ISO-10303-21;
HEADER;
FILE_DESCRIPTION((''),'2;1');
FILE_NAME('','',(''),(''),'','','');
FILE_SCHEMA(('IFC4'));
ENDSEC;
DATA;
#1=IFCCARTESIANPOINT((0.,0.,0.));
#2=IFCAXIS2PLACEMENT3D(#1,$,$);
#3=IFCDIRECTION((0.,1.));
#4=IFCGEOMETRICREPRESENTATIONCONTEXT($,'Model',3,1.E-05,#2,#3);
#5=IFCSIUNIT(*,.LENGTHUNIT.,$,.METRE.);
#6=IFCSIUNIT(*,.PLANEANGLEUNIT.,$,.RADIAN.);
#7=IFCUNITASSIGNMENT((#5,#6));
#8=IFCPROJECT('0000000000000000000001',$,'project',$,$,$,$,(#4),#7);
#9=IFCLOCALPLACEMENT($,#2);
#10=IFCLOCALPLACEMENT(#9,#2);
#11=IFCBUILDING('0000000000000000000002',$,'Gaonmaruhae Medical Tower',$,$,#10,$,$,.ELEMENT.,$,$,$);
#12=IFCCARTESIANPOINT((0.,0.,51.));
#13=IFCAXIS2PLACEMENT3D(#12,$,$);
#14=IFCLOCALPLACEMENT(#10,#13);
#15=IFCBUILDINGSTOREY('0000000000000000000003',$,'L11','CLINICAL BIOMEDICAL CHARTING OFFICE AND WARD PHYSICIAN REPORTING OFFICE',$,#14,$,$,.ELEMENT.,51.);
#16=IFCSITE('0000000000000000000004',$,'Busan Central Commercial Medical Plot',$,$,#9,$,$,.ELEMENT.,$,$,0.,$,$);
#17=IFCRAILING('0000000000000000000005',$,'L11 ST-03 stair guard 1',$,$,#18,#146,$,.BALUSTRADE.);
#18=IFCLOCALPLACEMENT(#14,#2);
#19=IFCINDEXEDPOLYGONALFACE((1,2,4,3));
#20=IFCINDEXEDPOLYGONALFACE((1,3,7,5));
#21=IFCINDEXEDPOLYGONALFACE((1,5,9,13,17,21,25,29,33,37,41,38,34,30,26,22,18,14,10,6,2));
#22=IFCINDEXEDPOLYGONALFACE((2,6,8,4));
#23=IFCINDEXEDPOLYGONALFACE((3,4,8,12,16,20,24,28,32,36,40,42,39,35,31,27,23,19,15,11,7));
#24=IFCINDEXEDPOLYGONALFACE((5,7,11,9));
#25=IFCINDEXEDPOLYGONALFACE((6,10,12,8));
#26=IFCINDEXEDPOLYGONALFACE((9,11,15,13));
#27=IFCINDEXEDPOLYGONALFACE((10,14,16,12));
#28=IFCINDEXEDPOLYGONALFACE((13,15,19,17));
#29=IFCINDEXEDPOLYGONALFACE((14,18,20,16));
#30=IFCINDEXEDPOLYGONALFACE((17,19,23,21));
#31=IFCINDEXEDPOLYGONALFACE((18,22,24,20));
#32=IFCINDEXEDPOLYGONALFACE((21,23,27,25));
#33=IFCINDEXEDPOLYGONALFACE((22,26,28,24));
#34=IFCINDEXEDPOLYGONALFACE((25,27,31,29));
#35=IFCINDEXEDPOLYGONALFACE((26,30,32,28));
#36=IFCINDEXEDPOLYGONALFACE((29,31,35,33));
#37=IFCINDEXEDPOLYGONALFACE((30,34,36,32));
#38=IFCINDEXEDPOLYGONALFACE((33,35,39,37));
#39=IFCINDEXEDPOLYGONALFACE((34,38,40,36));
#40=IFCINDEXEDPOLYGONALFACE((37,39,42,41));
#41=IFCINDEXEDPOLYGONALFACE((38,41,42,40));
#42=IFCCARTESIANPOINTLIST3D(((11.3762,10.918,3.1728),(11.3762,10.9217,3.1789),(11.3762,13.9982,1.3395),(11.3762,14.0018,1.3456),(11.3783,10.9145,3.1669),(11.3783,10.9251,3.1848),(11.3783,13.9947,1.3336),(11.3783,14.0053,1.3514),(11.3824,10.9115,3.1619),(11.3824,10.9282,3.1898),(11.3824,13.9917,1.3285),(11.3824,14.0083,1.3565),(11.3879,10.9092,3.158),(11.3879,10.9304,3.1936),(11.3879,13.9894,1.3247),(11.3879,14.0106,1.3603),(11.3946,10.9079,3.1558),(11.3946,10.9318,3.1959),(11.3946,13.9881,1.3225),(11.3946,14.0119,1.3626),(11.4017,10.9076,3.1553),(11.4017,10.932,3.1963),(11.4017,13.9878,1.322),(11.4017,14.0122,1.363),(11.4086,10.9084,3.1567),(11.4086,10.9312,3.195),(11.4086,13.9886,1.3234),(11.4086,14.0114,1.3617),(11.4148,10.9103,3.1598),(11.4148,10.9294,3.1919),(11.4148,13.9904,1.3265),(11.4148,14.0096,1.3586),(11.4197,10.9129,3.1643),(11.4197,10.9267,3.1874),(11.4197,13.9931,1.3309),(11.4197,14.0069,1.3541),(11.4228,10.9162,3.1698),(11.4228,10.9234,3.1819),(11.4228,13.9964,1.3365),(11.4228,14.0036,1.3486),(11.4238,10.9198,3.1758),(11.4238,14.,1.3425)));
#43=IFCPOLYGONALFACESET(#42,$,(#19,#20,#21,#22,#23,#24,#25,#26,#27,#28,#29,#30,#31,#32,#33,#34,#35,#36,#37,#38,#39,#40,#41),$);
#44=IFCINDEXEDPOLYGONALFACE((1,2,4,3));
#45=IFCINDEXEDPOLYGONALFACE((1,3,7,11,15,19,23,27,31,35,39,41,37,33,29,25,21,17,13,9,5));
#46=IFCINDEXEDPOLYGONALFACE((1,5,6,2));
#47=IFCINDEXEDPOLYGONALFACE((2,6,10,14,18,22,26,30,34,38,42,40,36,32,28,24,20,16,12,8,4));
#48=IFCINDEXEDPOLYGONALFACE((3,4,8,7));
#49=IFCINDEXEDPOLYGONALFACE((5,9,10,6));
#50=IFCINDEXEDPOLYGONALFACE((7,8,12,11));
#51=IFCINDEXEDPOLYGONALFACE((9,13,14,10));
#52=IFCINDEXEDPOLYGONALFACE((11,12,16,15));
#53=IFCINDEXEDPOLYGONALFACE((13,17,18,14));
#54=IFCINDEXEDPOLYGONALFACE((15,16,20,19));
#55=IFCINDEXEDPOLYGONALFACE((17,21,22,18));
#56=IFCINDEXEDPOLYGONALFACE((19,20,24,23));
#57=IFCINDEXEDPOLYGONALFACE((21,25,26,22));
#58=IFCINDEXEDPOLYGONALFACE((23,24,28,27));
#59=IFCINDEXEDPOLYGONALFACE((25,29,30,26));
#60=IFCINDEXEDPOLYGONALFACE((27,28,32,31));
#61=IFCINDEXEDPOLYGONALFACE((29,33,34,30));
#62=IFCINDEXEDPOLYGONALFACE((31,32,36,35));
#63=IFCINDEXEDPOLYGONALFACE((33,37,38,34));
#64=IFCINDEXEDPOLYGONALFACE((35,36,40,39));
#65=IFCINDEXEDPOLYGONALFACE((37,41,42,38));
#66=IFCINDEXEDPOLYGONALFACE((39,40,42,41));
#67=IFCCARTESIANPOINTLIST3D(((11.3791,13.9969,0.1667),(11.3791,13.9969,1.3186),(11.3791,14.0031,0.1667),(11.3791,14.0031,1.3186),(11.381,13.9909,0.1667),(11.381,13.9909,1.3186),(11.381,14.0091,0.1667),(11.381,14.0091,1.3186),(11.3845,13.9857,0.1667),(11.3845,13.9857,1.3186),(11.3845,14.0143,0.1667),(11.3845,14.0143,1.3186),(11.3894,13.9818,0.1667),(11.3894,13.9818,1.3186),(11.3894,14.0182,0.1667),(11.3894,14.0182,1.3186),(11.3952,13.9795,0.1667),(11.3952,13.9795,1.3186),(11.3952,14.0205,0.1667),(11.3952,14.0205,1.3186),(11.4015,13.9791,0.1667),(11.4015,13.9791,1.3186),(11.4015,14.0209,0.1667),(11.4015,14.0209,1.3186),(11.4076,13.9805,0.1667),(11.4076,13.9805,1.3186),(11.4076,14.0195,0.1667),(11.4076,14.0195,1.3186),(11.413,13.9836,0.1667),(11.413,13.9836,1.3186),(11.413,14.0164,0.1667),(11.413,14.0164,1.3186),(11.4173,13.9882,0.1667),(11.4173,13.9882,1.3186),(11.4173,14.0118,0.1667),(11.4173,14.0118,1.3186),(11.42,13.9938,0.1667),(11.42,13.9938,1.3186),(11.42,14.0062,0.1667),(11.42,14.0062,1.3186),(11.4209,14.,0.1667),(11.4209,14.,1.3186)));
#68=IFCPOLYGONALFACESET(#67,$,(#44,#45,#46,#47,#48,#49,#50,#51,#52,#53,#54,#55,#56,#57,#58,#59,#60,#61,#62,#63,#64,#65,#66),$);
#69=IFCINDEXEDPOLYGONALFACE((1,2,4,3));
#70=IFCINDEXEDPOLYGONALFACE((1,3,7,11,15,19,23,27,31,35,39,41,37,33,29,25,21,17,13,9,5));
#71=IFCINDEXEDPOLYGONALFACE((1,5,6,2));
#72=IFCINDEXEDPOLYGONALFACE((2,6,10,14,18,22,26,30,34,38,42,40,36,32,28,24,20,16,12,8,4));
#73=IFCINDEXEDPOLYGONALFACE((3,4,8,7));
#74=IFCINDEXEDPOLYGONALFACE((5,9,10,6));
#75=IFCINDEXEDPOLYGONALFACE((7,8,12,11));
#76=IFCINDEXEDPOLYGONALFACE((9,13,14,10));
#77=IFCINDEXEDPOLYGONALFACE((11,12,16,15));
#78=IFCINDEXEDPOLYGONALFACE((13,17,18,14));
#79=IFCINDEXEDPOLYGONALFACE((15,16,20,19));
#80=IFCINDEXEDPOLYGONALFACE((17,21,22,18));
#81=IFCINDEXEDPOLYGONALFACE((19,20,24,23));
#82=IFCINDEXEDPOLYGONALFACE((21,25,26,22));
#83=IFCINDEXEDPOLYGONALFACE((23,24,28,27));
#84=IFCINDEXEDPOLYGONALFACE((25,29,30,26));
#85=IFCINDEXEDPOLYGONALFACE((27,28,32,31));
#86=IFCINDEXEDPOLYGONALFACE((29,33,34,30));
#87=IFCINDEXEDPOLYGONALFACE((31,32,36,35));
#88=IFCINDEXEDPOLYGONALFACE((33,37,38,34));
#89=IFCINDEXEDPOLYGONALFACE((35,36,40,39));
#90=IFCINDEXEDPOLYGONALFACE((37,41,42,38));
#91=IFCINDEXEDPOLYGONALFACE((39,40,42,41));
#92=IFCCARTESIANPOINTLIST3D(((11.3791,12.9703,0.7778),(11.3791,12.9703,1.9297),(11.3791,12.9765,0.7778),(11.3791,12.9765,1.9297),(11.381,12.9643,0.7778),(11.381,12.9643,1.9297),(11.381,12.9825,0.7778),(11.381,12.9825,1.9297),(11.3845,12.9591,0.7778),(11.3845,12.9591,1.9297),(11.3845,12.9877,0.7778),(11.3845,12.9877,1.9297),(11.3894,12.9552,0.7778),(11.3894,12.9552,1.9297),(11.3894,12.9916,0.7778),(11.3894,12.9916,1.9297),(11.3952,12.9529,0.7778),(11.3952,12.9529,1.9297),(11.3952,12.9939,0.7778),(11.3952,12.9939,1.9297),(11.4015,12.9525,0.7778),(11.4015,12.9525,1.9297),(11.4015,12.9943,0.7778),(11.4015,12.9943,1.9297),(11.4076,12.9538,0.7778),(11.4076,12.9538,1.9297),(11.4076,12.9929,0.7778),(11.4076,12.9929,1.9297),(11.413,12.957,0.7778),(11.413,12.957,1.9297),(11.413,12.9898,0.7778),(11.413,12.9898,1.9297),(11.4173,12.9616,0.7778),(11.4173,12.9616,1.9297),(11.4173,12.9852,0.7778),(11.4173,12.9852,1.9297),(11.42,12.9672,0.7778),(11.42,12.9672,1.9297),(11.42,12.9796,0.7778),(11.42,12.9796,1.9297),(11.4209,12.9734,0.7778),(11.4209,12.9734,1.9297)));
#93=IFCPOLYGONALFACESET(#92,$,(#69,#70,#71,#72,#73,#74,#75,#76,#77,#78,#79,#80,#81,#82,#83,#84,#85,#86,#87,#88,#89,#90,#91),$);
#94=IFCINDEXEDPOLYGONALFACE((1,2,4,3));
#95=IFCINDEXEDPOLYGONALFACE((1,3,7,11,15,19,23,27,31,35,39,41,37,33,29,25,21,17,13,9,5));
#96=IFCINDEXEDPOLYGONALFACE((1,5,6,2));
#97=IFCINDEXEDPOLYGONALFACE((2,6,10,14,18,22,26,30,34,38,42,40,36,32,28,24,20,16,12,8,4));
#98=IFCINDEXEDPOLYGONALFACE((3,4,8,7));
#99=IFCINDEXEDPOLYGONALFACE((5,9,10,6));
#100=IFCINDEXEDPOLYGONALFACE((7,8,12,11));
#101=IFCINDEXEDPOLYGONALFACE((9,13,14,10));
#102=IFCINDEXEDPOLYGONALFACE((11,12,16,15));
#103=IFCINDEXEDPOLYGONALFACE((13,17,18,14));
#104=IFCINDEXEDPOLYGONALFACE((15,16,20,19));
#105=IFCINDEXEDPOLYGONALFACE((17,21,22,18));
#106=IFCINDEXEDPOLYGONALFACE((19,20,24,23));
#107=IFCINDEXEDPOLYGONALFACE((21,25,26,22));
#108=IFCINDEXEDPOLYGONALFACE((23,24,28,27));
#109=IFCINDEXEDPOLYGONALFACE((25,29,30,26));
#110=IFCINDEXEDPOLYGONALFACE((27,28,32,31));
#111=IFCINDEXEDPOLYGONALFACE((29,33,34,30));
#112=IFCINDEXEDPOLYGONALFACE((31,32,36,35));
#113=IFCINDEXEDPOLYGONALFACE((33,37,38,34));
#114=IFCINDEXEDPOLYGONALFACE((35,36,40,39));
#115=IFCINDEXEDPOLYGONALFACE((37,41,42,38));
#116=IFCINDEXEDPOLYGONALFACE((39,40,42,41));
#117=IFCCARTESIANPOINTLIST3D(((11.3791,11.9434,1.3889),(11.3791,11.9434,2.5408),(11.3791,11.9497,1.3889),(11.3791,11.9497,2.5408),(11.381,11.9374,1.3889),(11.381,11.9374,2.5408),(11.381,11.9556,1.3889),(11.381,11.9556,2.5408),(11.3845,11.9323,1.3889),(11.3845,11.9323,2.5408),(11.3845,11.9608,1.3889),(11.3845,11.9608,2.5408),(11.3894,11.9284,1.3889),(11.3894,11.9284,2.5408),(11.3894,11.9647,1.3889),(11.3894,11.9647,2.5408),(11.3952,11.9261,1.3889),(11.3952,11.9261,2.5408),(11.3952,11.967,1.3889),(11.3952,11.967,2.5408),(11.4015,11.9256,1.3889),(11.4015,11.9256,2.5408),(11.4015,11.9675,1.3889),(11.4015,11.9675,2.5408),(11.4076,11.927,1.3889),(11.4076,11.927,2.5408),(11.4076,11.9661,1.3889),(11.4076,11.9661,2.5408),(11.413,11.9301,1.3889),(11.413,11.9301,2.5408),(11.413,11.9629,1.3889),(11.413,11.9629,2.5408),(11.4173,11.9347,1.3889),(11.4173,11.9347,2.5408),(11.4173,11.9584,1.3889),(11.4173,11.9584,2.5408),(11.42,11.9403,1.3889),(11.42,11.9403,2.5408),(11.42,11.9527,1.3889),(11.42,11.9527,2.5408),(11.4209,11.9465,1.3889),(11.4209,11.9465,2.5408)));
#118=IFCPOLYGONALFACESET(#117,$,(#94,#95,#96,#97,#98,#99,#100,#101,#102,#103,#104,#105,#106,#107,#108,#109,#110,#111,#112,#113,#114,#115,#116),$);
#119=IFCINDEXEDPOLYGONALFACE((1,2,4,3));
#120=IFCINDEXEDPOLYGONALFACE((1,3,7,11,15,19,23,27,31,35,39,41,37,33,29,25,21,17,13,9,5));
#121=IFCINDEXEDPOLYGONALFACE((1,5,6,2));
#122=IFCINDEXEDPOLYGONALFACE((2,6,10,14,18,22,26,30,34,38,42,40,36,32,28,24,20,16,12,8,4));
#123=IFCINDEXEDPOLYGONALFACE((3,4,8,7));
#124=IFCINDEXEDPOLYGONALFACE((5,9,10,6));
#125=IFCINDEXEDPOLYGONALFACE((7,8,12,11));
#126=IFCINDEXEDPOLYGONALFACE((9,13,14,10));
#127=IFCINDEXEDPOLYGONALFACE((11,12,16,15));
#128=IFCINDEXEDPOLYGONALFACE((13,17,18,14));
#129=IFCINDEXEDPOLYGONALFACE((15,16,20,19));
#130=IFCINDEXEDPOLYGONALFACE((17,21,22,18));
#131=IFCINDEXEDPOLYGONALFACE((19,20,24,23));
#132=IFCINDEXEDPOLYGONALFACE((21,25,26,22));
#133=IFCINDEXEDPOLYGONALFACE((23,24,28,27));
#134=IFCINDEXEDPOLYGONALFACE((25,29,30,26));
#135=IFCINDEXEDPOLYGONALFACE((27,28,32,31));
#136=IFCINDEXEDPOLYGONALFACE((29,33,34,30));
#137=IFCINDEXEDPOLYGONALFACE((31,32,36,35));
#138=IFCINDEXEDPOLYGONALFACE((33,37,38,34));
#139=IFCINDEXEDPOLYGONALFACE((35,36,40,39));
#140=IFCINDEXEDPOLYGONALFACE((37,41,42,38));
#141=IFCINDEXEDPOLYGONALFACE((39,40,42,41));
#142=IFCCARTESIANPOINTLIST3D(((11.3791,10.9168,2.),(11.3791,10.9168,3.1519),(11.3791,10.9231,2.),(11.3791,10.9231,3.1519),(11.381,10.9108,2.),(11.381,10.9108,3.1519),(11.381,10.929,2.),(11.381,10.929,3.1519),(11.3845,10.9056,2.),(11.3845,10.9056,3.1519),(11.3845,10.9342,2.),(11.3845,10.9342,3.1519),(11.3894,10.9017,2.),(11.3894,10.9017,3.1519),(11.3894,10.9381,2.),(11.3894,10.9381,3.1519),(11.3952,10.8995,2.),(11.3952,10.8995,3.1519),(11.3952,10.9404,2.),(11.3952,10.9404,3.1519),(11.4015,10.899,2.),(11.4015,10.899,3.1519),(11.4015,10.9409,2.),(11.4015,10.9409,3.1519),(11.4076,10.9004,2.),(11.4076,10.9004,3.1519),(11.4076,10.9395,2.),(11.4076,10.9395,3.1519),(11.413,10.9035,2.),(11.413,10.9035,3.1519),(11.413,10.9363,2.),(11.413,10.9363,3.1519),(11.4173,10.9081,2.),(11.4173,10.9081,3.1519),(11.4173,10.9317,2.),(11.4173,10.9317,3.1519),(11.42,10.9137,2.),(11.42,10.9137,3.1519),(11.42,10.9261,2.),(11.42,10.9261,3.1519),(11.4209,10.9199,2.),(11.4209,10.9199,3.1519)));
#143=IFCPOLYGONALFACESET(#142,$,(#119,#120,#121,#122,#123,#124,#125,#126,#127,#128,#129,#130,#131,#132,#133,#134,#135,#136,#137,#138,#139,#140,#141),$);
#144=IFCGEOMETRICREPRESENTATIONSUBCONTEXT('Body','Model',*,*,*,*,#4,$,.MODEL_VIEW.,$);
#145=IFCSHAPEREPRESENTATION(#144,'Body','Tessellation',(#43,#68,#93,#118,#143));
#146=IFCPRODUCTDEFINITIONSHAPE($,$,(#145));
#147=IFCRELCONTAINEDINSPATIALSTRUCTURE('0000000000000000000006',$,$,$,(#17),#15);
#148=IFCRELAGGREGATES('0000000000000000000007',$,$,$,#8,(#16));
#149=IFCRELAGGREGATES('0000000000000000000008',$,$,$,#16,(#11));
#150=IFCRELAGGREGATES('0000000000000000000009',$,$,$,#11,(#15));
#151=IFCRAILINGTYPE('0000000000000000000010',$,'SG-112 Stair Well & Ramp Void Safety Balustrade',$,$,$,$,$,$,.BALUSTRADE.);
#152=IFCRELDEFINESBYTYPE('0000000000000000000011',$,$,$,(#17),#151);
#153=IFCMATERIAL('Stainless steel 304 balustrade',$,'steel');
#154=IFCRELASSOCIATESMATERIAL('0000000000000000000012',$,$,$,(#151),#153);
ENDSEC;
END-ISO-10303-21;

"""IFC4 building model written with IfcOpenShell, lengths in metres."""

from ifc_helpers import new_model, si_unit, direction, frame, origin, origin_2d, place, context, subcontext, project, spatial, circle, extrude, material, type_object, element, save


model = new_model("IFC4")

# Units and contexts
model_context = context("Model", 3, precision=1e-05, world=origin(), true_north=direction((0.0, 1.0)))
body_context = subcontext(model_context, "Body", "Model", "MODEL_VIEW")
ifc_project = project(units=[si_unit("LENGTHUNIT", "METRE"), si_unit("PLANEANGLEUNIT", "RADIAN")], contexts=[model_context])

# Site, building, storey
site_placement = place(None, origin())
site = spatial("IfcSite", under=ifc_project, at=site_placement, Name="Busan Central Commercial Medical Plot", CompositionType="ELEMENT", RefElevation=0.0)
building_placement = place(site_placement, origin())
building = spatial("IfcBuilding", under=site, at=building_placement, Name="Gaonmaruhae Medical Tower", CompositionType="ELEMENT")
storey_placement = place(building_placement, frame((0.0, 0.0, 51.0)))
storey = spatial("IfcBuildingStorey", under=building, at=storey_placement, Name="L11", Description="CLINICAL BIOMEDICAL CHARTING OFFICE AND WARD PHYSICIAN REPORTING OFFICE", CompositionType="ELEMENT", Elevation=51.0)

# Railing
ifc_material_1 = material(Name="Stainless steel 304 balustrade", Category="steel")
railing_type_1 = type_object("IfcRailingType", Name="SG-112 Stair Well & Ramp Void Safety Balustrade", PredefinedType="BALUSTRADE", material=ifc_material_1)
railing_1_placement = place(storey_placement, frame((11.3999, 14.0, 0.1667)))
element("IfcRailing", 1, at=railing_1_placement, inside=storey, type_object=railing_type_1, Name="L11 ST-03 stair guard 1", PredefinedType="BALUSTRADE", context=body_context, shape_type="SweptSolid", body=[
    extrude(circle(Radius=0.0239, at=origin_2d()), frame((0.0, 0.0, 1.1758), z_axis=(0.0, -0.859309, 0.511458), x_axis=(1.0, 0.0, 0.0)), (0.0, 0.0, 1.0), 3.5845),
    extrude(circle(Radius=0.021, at=origin_2d()), origin(), (0.0, 0.0, 1.0), 1.1519),
    extrude(circle(Radius=0.021, at=origin_2d()), frame((0.0, -1.0266, 0.6111)), (0.0, 0.0, 1.0), 1.1519),
    extrude(circle(Radius=0.021, at=origin_2d()), frame((0.0, -2.0535, 1.2222)), (0.0, 0.0, 1.0), 1.1519),
    extrude(circle(Radius=0.021, at=origin_2d()), frame((0.0, -3.0801, 1.8333)), (0.0, 0.0, 1.0), 1.1519),
])

save(model, "model.ifc")
